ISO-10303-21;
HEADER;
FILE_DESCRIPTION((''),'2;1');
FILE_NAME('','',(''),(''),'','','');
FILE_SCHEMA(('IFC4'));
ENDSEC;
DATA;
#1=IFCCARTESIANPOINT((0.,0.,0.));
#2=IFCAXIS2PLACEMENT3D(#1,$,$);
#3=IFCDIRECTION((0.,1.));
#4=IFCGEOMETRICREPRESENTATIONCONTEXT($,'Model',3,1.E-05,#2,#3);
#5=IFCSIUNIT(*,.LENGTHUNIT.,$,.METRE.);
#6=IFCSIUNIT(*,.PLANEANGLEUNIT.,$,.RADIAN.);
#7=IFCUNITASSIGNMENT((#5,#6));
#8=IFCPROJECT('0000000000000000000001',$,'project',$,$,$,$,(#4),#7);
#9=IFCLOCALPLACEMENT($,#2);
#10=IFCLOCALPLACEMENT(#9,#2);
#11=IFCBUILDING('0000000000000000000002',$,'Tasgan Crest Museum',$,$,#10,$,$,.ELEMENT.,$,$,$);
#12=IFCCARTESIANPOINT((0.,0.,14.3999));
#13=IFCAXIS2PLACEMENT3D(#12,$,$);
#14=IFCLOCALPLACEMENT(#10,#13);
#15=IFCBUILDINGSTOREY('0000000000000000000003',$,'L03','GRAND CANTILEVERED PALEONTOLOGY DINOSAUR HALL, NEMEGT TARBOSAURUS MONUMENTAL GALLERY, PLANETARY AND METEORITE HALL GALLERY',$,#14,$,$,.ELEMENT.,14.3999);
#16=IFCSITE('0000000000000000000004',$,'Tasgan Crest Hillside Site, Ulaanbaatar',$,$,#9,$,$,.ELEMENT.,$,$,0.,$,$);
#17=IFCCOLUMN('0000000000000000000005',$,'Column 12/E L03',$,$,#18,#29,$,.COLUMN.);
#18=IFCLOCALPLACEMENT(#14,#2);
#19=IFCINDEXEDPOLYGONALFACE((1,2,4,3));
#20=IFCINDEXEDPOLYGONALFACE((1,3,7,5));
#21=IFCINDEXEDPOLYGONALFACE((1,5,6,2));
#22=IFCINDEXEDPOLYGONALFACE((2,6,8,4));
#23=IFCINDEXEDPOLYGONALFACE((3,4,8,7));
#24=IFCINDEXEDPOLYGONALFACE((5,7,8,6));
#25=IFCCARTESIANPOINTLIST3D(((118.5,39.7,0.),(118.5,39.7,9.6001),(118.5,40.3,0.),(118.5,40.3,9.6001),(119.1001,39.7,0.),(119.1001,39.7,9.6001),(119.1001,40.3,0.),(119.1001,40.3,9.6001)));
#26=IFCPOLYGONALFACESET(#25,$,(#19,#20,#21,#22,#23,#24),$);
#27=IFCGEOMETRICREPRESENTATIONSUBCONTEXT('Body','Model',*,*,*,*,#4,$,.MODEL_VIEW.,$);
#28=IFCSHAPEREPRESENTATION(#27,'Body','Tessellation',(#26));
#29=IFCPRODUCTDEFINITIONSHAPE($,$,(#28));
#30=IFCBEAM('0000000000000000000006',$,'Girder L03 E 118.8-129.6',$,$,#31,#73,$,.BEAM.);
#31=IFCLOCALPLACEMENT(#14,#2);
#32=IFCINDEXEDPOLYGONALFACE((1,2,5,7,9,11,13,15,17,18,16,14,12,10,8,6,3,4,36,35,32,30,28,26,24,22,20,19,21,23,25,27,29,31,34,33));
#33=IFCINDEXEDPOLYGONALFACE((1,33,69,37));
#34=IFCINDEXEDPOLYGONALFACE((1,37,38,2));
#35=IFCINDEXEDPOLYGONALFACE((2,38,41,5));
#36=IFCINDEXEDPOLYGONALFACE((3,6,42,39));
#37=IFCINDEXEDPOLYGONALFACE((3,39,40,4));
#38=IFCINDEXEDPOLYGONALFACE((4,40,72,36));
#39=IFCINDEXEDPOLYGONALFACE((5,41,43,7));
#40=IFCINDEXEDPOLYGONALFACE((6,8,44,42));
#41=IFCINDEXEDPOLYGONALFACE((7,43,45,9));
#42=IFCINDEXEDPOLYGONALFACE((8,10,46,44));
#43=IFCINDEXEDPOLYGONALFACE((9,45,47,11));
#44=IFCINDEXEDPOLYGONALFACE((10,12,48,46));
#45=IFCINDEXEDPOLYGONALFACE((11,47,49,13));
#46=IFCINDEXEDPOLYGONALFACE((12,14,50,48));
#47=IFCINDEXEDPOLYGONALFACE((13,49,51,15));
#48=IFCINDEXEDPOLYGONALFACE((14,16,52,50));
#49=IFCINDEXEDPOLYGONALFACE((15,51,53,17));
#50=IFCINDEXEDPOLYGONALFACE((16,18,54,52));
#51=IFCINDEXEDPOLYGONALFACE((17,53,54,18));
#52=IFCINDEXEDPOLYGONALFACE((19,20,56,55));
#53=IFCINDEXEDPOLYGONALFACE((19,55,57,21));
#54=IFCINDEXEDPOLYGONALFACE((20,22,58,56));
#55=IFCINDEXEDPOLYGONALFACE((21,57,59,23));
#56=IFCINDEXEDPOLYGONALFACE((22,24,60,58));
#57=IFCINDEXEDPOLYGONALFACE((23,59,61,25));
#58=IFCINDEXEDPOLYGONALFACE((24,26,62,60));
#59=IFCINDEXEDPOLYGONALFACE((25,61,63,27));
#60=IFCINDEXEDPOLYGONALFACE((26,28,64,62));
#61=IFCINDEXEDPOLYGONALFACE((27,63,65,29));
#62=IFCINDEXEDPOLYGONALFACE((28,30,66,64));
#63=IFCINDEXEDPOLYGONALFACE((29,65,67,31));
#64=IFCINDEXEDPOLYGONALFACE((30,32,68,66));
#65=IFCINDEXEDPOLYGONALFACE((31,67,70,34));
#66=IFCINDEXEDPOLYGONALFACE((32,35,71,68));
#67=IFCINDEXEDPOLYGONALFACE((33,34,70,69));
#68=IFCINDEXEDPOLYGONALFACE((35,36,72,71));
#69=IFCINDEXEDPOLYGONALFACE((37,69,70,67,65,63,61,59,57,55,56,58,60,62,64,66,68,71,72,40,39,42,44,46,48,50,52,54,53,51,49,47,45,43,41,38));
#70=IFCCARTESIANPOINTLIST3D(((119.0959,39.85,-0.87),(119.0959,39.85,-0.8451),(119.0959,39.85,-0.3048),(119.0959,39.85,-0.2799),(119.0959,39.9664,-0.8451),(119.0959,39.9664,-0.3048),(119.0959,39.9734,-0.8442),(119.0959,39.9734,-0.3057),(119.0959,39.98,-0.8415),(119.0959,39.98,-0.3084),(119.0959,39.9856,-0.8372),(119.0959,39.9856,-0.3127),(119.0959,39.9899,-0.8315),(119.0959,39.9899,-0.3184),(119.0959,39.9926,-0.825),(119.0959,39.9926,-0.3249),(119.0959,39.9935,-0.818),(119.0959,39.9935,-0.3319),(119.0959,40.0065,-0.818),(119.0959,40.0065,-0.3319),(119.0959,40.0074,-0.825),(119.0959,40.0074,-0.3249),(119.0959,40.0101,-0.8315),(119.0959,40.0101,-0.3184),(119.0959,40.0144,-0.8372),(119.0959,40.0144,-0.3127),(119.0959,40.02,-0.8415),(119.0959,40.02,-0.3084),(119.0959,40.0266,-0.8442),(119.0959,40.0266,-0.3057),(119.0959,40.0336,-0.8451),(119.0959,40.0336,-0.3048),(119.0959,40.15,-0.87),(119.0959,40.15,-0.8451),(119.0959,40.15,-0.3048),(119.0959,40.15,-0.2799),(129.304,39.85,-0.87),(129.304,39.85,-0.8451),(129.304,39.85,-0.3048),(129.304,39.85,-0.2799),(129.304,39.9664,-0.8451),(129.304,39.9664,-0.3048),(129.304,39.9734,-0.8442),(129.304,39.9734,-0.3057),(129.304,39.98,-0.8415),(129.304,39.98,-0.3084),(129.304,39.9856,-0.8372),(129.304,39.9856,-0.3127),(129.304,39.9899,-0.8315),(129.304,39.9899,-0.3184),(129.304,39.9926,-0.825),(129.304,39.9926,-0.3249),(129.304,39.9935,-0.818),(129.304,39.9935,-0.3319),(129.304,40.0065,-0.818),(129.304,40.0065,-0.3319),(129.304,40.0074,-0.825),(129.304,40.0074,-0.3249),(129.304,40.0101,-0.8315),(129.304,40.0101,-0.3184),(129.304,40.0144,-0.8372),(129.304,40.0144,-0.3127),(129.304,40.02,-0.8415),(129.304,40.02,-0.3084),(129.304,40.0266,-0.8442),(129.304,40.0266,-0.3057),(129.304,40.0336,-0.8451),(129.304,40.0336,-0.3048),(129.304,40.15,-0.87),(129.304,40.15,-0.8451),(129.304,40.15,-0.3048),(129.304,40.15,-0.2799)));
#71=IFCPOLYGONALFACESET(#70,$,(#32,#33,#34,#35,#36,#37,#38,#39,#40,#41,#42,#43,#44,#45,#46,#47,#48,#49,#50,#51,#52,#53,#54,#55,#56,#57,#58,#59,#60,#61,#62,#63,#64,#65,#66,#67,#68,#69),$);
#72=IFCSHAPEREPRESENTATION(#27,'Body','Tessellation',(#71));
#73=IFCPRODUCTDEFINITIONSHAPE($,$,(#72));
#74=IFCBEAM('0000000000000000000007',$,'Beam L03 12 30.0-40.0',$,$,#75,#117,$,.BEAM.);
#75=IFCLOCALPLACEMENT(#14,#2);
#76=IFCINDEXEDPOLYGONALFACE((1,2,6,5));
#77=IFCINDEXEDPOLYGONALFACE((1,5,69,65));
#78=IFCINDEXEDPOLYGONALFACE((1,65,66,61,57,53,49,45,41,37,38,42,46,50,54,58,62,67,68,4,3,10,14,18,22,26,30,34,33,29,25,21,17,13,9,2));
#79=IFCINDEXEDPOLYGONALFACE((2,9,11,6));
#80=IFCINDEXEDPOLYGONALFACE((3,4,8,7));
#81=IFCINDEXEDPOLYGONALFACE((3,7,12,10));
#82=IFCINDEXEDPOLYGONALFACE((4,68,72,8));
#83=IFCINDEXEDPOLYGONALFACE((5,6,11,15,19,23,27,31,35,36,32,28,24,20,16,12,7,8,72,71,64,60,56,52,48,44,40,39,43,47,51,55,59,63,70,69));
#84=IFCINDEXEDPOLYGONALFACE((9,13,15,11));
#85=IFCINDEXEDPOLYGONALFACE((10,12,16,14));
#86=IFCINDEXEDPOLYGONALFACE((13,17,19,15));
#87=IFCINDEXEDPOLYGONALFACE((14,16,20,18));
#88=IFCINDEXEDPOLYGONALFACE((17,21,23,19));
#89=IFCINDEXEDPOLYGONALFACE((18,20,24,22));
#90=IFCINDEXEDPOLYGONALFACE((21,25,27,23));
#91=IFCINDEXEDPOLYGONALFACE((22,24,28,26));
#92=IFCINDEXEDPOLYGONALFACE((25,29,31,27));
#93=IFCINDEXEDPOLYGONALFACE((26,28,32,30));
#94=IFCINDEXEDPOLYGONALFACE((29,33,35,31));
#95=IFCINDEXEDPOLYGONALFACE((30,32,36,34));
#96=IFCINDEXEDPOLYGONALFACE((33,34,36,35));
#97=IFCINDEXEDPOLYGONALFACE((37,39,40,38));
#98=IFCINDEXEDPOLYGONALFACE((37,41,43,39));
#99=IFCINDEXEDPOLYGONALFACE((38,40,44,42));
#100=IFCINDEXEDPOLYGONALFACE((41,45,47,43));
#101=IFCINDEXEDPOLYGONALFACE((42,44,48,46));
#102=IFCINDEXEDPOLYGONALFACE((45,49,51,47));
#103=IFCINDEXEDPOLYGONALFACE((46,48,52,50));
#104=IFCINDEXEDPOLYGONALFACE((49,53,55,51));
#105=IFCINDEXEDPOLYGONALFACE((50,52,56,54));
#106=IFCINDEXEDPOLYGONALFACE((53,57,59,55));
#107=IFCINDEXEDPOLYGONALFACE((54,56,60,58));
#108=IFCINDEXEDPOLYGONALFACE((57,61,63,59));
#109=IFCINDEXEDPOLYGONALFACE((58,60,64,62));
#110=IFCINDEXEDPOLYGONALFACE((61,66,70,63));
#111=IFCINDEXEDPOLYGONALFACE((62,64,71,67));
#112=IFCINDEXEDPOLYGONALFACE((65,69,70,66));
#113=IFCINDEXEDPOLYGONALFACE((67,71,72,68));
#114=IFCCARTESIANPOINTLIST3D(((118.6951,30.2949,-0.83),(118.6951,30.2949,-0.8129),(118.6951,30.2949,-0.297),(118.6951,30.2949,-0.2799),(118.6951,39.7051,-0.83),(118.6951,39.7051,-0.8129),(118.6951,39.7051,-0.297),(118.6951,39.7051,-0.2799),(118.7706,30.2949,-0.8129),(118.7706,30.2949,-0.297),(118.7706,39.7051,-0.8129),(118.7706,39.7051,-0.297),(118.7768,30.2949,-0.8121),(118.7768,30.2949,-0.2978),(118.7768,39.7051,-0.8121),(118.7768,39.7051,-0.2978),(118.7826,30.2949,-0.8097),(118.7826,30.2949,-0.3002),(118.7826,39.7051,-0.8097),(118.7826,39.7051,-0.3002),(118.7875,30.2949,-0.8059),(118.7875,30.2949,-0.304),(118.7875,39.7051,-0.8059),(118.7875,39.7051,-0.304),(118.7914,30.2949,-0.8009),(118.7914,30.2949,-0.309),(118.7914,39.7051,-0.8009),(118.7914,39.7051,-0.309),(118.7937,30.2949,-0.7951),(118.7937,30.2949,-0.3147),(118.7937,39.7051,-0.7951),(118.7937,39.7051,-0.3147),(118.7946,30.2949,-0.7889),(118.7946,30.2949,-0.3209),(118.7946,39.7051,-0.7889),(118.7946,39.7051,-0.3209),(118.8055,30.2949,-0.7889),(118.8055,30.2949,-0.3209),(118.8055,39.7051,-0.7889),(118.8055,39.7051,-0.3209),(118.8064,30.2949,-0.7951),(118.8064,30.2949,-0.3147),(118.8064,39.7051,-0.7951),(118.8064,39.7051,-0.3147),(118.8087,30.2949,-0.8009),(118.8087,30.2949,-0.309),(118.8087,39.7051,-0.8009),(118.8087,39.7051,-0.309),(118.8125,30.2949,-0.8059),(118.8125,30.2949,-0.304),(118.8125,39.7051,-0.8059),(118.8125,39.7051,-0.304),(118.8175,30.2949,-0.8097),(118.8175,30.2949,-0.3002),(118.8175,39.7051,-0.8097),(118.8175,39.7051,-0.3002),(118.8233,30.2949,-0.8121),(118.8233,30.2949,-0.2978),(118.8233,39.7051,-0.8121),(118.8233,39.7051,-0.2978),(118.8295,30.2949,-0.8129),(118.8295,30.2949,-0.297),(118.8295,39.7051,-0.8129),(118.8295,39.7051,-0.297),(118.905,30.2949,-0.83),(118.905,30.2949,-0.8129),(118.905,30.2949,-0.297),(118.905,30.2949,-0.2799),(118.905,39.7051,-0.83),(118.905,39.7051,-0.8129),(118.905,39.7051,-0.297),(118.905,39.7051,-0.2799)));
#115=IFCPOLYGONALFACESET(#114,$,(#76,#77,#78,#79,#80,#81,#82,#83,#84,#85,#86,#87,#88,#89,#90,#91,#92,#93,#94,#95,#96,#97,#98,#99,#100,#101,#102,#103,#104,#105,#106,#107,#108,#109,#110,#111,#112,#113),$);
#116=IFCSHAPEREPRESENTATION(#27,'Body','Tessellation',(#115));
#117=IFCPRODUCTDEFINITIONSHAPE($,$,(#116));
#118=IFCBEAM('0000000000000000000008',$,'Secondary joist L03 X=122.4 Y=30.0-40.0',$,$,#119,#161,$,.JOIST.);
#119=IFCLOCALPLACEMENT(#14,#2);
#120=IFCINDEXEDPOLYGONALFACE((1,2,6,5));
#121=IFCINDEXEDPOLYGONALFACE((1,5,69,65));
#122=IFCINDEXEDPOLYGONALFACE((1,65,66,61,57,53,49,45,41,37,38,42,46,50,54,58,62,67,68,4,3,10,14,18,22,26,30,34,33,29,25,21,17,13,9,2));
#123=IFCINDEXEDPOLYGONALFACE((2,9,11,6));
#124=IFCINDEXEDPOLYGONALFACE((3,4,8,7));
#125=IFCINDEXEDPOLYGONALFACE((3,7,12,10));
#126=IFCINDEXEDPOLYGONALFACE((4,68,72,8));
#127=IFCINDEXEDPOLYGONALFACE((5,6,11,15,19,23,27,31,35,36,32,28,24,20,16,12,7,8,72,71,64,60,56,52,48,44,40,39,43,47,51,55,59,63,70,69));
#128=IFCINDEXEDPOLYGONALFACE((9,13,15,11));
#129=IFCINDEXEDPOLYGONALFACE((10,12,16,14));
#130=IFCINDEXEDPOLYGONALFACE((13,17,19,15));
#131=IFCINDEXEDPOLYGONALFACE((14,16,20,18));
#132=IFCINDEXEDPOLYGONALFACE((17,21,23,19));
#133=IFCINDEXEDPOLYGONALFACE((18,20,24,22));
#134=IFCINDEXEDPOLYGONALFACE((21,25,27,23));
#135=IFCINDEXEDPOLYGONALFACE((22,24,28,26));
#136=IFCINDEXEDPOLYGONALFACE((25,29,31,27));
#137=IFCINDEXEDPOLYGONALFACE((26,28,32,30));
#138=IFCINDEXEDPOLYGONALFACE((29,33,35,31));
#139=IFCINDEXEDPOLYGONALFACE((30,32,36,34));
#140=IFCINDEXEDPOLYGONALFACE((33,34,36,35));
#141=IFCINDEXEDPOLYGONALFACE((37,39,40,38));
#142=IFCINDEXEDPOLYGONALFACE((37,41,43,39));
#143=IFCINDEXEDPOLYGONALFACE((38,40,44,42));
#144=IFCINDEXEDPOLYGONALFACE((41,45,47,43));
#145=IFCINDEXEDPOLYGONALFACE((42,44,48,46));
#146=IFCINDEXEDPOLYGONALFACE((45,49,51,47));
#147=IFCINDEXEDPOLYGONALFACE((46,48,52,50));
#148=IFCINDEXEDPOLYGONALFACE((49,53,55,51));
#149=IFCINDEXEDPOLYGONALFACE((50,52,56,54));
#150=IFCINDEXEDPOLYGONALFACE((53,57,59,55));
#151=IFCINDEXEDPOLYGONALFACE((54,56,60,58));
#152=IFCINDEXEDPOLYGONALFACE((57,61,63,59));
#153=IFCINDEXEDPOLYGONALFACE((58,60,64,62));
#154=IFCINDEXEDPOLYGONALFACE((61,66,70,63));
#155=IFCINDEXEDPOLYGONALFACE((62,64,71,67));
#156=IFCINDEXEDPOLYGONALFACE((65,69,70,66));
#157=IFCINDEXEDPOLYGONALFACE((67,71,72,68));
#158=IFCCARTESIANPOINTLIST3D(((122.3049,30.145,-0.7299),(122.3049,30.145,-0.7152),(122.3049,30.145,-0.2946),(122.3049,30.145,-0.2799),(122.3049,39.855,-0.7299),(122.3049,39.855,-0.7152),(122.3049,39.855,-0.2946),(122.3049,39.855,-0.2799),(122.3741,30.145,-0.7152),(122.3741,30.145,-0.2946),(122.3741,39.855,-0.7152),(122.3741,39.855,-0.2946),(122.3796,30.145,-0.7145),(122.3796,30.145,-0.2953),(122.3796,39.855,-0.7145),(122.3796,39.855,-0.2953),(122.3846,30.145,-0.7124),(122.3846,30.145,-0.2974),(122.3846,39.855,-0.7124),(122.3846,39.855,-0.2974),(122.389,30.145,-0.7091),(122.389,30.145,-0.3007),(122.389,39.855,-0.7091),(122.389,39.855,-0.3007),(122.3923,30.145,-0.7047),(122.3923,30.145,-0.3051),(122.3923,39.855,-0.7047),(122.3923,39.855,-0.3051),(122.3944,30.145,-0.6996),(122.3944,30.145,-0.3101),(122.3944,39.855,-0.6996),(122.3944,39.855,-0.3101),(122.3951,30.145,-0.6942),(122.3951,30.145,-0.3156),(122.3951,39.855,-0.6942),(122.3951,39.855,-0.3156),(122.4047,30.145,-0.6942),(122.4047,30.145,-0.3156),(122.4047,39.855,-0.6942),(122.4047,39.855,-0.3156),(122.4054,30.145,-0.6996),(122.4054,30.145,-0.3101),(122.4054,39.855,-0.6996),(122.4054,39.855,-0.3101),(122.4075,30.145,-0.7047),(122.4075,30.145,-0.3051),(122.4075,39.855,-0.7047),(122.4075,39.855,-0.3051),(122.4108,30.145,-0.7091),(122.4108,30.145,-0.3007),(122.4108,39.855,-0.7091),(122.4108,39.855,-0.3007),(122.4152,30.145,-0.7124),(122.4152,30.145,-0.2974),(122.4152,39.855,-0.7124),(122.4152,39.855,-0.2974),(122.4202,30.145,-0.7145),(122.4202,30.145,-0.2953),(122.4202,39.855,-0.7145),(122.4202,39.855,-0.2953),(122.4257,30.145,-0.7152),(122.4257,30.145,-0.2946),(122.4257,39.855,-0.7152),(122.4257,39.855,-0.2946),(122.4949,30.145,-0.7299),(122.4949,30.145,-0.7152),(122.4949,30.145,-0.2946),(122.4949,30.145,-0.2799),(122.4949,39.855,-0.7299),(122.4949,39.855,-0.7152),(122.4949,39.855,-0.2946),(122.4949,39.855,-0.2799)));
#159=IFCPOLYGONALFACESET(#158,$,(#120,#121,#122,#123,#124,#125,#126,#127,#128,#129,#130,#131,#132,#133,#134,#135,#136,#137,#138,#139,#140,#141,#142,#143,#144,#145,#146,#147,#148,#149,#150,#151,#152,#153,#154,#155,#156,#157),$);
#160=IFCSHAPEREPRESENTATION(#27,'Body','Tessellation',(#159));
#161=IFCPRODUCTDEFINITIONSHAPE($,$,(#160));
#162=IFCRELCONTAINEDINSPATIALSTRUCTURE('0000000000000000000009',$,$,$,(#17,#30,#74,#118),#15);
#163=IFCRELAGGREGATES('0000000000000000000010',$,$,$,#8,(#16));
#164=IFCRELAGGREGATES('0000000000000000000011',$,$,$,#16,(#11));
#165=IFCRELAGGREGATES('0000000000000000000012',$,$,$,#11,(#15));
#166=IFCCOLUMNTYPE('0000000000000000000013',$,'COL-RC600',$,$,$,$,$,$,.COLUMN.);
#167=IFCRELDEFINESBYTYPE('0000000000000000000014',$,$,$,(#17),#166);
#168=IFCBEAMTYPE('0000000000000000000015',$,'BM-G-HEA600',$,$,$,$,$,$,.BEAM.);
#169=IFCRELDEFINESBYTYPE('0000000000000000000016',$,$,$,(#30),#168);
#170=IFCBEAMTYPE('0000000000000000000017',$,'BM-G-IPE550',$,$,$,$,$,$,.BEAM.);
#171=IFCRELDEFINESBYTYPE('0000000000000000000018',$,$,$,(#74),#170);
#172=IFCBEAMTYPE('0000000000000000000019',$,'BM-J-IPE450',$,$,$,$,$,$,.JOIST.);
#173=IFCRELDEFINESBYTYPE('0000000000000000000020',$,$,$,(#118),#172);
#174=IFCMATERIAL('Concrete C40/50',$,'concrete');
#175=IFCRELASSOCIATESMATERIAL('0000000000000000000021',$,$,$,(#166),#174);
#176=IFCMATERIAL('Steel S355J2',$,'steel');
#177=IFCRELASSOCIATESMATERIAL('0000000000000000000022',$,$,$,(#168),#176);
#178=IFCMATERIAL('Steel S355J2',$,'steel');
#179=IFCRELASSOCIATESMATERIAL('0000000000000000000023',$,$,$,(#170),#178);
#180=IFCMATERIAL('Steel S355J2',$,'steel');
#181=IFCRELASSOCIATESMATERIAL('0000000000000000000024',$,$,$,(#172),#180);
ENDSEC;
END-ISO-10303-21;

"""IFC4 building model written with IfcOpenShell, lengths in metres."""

from ifc_helpers import new_model, si_unit, direction, frame, origin, origin_2d, place, context, subcontext, project, spatial, rectangle, i_section, extrude, material, material_profile, profile_set, type_object, element, save


model = new_model("IFC4")

# Units and contexts
model_context = context("Model", 3, precision=1e-05, world=origin(), true_north=direction((0.0, 1.0)))
body_context = subcontext(model_context, "Body", "Model", "MODEL_VIEW")
ifc_project = project(units=[si_unit("LENGTHUNIT", "METRE"), si_unit("PLANEANGLEUNIT", "RADIAN")], contexts=[model_context])

# Site, building, storey
site_placement = place(None, origin())
site = spatial("IfcSite", under=ifc_project, at=site_placement, Name="Tasgan Crest Hillside Site, Ulaanbaatar", CompositionType="ELEMENT", RefElevation=0.0)
building_placement = place(site_placement, origin())
building = spatial("IfcBuilding", under=site, at=building_placement, Name="Tasgan Crest Museum", CompositionType="ELEMENT")
storey_placement = place(building_placement, frame((0.0, 0.0, 14.3999)))
storey = spatial("IfcBuildingStorey", under=building, at=storey_placement, Name="L03", Description="GRAND CANTILEVERED PALEONTOLOGY DINOSAUR HALL, NEMEGT TARBOSAURUS MONUMENTAL GALLERY, PLANETARY AND METEORITE HALL GALLERY", CompositionType="ELEMENT", Elevation=14.3999)

# Column
ifc_material_1 = material(Name="Concrete C40/50", Category="concrete")
ifc_material_profile_1 = material_profile(ifc_material_1, rectangle(XDim=0.6001, YDim=0.6001, at=origin_2d()), Name="RC 600x600")
ifc_profile_set_1 = profile_set([ifc_material_profile_1], Name="Concrete C40/50")
column_type = type_object("IfcColumnType", Name="COL-RC600", PredefinedType="COLUMN", material=ifc_profile_set_1)
column_placement = place(storey_placement, frame((118.8, 40.0, 0.0), z_axis=(0.0, 0.0, 1.0), x_axis=(1.0, 0.0, 0.0)))
element("IfcColumn", 1, at=column_placement, inside=storey, type_object=column_type, Name="Column 12/E L03", PredefinedType="COLUMN", context=body_context, shape_type="SweptSolid", body=[
    extrude(rectangle(XDim=0.6001, YDim=0.6001, at=origin_2d()), origin(), (0.0, 0.0, 1.0), 9.6001),
])

# Beams
ifc_material_2 = material(Name="Steel S355J2", Category="steel")
ifc_material_profile_2 = material_profile(ifc_material_2, i_section(OverallWidth=0.3, OverallDepth=0.5901, WebThickness=0.0129, FlangeThickness=0.0249, FilletRadius=0.0271, at=origin_2d()), Name="HEA 600")
ifc_profile_set_2 = profile_set([ifc_material_profile_2], Name="Steel S355J2")
beam_type_1 = type_object("IfcBeamType", Name="BM-G-HEA600", PredefinedType="BEAM", material=ifc_profile_set_2)
beam_1_placement = place(storey_placement, frame((119.0959, 40.0, -0.575), z_axis=(1.0, 0.0, 0.0), x_axis=(0.0, 1.0, 0.0)))
element("IfcBeam", 2, at=beam_1_placement, inside=storey, type_object=beam_type_1, Name="Girder L03 E 118.8-129.6", PredefinedType="BEAM", context=body_context, shape_type="SweptSolid", body=[
    extrude(i_section(OverallWidth=0.3, OverallDepth=0.5901, WebThickness=0.0129, FlangeThickness=0.0249, FilletRadius=0.0271, at=origin_2d()), origin(), (0.0, 0.0, 1.0), 10.208),
])
ifc_material_3 = material(Name="Steel S355J2", Category="steel")
ifc_material_profile_3 = material_profile(ifc_material_3, i_section(OverallWidth=0.21, OverallDepth=0.55, WebThickness=0.011, FlangeThickness=0.0171, FilletRadius=0.0239, at=origin_2d()), Name="IPE 550")
ifc_profile_set_3 = profile_set([ifc_material_profile_3], Name="Steel S355J2")
beam_type_2 = type_object("IfcBeamType", Name="BM-G-IPE550", PredefinedType="BEAM", material=ifc_profile_set_3)
beam_2_placement = place(storey_placement, frame((118.8, 30.2949, -0.5549), z_axis=(0.0, 1.0, 0.0), x_axis=(-1.0, 0.0, 0.0)))
element("IfcBeam", 3, at=beam_2_placement, inside=storey, type_object=beam_type_2, Name="Beam L03 12 30.0-40.0", PredefinedType="BEAM", context=body_context, shape_type="SweptSolid", body=[
    extrude(i_section(OverallWidth=0.21, OverallDepth=0.55, WebThickness=0.011, FlangeThickness=0.0171, FilletRadius=0.0239, at=origin_2d()), origin(), (0.0, 0.0, 1.0), 9.4102),
])
ifc_material_4 = material(Name="Steel S355J2", Category="steel")
ifc_material_profile_4 = material_profile(ifc_material_4, i_section(OverallWidth=0.1899, OverallDepth=0.45, WebThickness=0.0095, FlangeThickness=0.0146, FilletRadius=0.021, at=origin_2d()), Name="IPE 450")
ifc_profile_set_4 = profile_set([ifc_material_profile_4], Name="Steel S355J2")
beam_type_3 = type_object("IfcBeamType", Name="BM-J-IPE450", PredefinedType="JOIST", material=ifc_profile_set_4)
for number, where, z_axis, x_axis, name in (
    (4, (122.3999, 30.145, -0.5049), (0.0, 1.0, 0.0), (-1.0, 0.0, 0.0), "Secondary joist L03 X=122.4 Y=30.0-40.0"),
):
    element("IfcBeam", number, at=place(storey_placement, frame(where, z_axis=z_axis, x_axis=x_axis)), inside=storey, type_object=beam_type_3, Name=name, PredefinedType="JOIST", context=body_context, shape_type="SweptSolid", body=[
        extrude(i_section(OverallWidth=0.1899, OverallDepth=0.45, WebThickness=0.0095, FlangeThickness=0.0146, FilletRadius=0.021, at=origin_2d()), origin(), (0.0, 0.0, 1.0), 9.71),
    ])

save(model, "model.ifc")
